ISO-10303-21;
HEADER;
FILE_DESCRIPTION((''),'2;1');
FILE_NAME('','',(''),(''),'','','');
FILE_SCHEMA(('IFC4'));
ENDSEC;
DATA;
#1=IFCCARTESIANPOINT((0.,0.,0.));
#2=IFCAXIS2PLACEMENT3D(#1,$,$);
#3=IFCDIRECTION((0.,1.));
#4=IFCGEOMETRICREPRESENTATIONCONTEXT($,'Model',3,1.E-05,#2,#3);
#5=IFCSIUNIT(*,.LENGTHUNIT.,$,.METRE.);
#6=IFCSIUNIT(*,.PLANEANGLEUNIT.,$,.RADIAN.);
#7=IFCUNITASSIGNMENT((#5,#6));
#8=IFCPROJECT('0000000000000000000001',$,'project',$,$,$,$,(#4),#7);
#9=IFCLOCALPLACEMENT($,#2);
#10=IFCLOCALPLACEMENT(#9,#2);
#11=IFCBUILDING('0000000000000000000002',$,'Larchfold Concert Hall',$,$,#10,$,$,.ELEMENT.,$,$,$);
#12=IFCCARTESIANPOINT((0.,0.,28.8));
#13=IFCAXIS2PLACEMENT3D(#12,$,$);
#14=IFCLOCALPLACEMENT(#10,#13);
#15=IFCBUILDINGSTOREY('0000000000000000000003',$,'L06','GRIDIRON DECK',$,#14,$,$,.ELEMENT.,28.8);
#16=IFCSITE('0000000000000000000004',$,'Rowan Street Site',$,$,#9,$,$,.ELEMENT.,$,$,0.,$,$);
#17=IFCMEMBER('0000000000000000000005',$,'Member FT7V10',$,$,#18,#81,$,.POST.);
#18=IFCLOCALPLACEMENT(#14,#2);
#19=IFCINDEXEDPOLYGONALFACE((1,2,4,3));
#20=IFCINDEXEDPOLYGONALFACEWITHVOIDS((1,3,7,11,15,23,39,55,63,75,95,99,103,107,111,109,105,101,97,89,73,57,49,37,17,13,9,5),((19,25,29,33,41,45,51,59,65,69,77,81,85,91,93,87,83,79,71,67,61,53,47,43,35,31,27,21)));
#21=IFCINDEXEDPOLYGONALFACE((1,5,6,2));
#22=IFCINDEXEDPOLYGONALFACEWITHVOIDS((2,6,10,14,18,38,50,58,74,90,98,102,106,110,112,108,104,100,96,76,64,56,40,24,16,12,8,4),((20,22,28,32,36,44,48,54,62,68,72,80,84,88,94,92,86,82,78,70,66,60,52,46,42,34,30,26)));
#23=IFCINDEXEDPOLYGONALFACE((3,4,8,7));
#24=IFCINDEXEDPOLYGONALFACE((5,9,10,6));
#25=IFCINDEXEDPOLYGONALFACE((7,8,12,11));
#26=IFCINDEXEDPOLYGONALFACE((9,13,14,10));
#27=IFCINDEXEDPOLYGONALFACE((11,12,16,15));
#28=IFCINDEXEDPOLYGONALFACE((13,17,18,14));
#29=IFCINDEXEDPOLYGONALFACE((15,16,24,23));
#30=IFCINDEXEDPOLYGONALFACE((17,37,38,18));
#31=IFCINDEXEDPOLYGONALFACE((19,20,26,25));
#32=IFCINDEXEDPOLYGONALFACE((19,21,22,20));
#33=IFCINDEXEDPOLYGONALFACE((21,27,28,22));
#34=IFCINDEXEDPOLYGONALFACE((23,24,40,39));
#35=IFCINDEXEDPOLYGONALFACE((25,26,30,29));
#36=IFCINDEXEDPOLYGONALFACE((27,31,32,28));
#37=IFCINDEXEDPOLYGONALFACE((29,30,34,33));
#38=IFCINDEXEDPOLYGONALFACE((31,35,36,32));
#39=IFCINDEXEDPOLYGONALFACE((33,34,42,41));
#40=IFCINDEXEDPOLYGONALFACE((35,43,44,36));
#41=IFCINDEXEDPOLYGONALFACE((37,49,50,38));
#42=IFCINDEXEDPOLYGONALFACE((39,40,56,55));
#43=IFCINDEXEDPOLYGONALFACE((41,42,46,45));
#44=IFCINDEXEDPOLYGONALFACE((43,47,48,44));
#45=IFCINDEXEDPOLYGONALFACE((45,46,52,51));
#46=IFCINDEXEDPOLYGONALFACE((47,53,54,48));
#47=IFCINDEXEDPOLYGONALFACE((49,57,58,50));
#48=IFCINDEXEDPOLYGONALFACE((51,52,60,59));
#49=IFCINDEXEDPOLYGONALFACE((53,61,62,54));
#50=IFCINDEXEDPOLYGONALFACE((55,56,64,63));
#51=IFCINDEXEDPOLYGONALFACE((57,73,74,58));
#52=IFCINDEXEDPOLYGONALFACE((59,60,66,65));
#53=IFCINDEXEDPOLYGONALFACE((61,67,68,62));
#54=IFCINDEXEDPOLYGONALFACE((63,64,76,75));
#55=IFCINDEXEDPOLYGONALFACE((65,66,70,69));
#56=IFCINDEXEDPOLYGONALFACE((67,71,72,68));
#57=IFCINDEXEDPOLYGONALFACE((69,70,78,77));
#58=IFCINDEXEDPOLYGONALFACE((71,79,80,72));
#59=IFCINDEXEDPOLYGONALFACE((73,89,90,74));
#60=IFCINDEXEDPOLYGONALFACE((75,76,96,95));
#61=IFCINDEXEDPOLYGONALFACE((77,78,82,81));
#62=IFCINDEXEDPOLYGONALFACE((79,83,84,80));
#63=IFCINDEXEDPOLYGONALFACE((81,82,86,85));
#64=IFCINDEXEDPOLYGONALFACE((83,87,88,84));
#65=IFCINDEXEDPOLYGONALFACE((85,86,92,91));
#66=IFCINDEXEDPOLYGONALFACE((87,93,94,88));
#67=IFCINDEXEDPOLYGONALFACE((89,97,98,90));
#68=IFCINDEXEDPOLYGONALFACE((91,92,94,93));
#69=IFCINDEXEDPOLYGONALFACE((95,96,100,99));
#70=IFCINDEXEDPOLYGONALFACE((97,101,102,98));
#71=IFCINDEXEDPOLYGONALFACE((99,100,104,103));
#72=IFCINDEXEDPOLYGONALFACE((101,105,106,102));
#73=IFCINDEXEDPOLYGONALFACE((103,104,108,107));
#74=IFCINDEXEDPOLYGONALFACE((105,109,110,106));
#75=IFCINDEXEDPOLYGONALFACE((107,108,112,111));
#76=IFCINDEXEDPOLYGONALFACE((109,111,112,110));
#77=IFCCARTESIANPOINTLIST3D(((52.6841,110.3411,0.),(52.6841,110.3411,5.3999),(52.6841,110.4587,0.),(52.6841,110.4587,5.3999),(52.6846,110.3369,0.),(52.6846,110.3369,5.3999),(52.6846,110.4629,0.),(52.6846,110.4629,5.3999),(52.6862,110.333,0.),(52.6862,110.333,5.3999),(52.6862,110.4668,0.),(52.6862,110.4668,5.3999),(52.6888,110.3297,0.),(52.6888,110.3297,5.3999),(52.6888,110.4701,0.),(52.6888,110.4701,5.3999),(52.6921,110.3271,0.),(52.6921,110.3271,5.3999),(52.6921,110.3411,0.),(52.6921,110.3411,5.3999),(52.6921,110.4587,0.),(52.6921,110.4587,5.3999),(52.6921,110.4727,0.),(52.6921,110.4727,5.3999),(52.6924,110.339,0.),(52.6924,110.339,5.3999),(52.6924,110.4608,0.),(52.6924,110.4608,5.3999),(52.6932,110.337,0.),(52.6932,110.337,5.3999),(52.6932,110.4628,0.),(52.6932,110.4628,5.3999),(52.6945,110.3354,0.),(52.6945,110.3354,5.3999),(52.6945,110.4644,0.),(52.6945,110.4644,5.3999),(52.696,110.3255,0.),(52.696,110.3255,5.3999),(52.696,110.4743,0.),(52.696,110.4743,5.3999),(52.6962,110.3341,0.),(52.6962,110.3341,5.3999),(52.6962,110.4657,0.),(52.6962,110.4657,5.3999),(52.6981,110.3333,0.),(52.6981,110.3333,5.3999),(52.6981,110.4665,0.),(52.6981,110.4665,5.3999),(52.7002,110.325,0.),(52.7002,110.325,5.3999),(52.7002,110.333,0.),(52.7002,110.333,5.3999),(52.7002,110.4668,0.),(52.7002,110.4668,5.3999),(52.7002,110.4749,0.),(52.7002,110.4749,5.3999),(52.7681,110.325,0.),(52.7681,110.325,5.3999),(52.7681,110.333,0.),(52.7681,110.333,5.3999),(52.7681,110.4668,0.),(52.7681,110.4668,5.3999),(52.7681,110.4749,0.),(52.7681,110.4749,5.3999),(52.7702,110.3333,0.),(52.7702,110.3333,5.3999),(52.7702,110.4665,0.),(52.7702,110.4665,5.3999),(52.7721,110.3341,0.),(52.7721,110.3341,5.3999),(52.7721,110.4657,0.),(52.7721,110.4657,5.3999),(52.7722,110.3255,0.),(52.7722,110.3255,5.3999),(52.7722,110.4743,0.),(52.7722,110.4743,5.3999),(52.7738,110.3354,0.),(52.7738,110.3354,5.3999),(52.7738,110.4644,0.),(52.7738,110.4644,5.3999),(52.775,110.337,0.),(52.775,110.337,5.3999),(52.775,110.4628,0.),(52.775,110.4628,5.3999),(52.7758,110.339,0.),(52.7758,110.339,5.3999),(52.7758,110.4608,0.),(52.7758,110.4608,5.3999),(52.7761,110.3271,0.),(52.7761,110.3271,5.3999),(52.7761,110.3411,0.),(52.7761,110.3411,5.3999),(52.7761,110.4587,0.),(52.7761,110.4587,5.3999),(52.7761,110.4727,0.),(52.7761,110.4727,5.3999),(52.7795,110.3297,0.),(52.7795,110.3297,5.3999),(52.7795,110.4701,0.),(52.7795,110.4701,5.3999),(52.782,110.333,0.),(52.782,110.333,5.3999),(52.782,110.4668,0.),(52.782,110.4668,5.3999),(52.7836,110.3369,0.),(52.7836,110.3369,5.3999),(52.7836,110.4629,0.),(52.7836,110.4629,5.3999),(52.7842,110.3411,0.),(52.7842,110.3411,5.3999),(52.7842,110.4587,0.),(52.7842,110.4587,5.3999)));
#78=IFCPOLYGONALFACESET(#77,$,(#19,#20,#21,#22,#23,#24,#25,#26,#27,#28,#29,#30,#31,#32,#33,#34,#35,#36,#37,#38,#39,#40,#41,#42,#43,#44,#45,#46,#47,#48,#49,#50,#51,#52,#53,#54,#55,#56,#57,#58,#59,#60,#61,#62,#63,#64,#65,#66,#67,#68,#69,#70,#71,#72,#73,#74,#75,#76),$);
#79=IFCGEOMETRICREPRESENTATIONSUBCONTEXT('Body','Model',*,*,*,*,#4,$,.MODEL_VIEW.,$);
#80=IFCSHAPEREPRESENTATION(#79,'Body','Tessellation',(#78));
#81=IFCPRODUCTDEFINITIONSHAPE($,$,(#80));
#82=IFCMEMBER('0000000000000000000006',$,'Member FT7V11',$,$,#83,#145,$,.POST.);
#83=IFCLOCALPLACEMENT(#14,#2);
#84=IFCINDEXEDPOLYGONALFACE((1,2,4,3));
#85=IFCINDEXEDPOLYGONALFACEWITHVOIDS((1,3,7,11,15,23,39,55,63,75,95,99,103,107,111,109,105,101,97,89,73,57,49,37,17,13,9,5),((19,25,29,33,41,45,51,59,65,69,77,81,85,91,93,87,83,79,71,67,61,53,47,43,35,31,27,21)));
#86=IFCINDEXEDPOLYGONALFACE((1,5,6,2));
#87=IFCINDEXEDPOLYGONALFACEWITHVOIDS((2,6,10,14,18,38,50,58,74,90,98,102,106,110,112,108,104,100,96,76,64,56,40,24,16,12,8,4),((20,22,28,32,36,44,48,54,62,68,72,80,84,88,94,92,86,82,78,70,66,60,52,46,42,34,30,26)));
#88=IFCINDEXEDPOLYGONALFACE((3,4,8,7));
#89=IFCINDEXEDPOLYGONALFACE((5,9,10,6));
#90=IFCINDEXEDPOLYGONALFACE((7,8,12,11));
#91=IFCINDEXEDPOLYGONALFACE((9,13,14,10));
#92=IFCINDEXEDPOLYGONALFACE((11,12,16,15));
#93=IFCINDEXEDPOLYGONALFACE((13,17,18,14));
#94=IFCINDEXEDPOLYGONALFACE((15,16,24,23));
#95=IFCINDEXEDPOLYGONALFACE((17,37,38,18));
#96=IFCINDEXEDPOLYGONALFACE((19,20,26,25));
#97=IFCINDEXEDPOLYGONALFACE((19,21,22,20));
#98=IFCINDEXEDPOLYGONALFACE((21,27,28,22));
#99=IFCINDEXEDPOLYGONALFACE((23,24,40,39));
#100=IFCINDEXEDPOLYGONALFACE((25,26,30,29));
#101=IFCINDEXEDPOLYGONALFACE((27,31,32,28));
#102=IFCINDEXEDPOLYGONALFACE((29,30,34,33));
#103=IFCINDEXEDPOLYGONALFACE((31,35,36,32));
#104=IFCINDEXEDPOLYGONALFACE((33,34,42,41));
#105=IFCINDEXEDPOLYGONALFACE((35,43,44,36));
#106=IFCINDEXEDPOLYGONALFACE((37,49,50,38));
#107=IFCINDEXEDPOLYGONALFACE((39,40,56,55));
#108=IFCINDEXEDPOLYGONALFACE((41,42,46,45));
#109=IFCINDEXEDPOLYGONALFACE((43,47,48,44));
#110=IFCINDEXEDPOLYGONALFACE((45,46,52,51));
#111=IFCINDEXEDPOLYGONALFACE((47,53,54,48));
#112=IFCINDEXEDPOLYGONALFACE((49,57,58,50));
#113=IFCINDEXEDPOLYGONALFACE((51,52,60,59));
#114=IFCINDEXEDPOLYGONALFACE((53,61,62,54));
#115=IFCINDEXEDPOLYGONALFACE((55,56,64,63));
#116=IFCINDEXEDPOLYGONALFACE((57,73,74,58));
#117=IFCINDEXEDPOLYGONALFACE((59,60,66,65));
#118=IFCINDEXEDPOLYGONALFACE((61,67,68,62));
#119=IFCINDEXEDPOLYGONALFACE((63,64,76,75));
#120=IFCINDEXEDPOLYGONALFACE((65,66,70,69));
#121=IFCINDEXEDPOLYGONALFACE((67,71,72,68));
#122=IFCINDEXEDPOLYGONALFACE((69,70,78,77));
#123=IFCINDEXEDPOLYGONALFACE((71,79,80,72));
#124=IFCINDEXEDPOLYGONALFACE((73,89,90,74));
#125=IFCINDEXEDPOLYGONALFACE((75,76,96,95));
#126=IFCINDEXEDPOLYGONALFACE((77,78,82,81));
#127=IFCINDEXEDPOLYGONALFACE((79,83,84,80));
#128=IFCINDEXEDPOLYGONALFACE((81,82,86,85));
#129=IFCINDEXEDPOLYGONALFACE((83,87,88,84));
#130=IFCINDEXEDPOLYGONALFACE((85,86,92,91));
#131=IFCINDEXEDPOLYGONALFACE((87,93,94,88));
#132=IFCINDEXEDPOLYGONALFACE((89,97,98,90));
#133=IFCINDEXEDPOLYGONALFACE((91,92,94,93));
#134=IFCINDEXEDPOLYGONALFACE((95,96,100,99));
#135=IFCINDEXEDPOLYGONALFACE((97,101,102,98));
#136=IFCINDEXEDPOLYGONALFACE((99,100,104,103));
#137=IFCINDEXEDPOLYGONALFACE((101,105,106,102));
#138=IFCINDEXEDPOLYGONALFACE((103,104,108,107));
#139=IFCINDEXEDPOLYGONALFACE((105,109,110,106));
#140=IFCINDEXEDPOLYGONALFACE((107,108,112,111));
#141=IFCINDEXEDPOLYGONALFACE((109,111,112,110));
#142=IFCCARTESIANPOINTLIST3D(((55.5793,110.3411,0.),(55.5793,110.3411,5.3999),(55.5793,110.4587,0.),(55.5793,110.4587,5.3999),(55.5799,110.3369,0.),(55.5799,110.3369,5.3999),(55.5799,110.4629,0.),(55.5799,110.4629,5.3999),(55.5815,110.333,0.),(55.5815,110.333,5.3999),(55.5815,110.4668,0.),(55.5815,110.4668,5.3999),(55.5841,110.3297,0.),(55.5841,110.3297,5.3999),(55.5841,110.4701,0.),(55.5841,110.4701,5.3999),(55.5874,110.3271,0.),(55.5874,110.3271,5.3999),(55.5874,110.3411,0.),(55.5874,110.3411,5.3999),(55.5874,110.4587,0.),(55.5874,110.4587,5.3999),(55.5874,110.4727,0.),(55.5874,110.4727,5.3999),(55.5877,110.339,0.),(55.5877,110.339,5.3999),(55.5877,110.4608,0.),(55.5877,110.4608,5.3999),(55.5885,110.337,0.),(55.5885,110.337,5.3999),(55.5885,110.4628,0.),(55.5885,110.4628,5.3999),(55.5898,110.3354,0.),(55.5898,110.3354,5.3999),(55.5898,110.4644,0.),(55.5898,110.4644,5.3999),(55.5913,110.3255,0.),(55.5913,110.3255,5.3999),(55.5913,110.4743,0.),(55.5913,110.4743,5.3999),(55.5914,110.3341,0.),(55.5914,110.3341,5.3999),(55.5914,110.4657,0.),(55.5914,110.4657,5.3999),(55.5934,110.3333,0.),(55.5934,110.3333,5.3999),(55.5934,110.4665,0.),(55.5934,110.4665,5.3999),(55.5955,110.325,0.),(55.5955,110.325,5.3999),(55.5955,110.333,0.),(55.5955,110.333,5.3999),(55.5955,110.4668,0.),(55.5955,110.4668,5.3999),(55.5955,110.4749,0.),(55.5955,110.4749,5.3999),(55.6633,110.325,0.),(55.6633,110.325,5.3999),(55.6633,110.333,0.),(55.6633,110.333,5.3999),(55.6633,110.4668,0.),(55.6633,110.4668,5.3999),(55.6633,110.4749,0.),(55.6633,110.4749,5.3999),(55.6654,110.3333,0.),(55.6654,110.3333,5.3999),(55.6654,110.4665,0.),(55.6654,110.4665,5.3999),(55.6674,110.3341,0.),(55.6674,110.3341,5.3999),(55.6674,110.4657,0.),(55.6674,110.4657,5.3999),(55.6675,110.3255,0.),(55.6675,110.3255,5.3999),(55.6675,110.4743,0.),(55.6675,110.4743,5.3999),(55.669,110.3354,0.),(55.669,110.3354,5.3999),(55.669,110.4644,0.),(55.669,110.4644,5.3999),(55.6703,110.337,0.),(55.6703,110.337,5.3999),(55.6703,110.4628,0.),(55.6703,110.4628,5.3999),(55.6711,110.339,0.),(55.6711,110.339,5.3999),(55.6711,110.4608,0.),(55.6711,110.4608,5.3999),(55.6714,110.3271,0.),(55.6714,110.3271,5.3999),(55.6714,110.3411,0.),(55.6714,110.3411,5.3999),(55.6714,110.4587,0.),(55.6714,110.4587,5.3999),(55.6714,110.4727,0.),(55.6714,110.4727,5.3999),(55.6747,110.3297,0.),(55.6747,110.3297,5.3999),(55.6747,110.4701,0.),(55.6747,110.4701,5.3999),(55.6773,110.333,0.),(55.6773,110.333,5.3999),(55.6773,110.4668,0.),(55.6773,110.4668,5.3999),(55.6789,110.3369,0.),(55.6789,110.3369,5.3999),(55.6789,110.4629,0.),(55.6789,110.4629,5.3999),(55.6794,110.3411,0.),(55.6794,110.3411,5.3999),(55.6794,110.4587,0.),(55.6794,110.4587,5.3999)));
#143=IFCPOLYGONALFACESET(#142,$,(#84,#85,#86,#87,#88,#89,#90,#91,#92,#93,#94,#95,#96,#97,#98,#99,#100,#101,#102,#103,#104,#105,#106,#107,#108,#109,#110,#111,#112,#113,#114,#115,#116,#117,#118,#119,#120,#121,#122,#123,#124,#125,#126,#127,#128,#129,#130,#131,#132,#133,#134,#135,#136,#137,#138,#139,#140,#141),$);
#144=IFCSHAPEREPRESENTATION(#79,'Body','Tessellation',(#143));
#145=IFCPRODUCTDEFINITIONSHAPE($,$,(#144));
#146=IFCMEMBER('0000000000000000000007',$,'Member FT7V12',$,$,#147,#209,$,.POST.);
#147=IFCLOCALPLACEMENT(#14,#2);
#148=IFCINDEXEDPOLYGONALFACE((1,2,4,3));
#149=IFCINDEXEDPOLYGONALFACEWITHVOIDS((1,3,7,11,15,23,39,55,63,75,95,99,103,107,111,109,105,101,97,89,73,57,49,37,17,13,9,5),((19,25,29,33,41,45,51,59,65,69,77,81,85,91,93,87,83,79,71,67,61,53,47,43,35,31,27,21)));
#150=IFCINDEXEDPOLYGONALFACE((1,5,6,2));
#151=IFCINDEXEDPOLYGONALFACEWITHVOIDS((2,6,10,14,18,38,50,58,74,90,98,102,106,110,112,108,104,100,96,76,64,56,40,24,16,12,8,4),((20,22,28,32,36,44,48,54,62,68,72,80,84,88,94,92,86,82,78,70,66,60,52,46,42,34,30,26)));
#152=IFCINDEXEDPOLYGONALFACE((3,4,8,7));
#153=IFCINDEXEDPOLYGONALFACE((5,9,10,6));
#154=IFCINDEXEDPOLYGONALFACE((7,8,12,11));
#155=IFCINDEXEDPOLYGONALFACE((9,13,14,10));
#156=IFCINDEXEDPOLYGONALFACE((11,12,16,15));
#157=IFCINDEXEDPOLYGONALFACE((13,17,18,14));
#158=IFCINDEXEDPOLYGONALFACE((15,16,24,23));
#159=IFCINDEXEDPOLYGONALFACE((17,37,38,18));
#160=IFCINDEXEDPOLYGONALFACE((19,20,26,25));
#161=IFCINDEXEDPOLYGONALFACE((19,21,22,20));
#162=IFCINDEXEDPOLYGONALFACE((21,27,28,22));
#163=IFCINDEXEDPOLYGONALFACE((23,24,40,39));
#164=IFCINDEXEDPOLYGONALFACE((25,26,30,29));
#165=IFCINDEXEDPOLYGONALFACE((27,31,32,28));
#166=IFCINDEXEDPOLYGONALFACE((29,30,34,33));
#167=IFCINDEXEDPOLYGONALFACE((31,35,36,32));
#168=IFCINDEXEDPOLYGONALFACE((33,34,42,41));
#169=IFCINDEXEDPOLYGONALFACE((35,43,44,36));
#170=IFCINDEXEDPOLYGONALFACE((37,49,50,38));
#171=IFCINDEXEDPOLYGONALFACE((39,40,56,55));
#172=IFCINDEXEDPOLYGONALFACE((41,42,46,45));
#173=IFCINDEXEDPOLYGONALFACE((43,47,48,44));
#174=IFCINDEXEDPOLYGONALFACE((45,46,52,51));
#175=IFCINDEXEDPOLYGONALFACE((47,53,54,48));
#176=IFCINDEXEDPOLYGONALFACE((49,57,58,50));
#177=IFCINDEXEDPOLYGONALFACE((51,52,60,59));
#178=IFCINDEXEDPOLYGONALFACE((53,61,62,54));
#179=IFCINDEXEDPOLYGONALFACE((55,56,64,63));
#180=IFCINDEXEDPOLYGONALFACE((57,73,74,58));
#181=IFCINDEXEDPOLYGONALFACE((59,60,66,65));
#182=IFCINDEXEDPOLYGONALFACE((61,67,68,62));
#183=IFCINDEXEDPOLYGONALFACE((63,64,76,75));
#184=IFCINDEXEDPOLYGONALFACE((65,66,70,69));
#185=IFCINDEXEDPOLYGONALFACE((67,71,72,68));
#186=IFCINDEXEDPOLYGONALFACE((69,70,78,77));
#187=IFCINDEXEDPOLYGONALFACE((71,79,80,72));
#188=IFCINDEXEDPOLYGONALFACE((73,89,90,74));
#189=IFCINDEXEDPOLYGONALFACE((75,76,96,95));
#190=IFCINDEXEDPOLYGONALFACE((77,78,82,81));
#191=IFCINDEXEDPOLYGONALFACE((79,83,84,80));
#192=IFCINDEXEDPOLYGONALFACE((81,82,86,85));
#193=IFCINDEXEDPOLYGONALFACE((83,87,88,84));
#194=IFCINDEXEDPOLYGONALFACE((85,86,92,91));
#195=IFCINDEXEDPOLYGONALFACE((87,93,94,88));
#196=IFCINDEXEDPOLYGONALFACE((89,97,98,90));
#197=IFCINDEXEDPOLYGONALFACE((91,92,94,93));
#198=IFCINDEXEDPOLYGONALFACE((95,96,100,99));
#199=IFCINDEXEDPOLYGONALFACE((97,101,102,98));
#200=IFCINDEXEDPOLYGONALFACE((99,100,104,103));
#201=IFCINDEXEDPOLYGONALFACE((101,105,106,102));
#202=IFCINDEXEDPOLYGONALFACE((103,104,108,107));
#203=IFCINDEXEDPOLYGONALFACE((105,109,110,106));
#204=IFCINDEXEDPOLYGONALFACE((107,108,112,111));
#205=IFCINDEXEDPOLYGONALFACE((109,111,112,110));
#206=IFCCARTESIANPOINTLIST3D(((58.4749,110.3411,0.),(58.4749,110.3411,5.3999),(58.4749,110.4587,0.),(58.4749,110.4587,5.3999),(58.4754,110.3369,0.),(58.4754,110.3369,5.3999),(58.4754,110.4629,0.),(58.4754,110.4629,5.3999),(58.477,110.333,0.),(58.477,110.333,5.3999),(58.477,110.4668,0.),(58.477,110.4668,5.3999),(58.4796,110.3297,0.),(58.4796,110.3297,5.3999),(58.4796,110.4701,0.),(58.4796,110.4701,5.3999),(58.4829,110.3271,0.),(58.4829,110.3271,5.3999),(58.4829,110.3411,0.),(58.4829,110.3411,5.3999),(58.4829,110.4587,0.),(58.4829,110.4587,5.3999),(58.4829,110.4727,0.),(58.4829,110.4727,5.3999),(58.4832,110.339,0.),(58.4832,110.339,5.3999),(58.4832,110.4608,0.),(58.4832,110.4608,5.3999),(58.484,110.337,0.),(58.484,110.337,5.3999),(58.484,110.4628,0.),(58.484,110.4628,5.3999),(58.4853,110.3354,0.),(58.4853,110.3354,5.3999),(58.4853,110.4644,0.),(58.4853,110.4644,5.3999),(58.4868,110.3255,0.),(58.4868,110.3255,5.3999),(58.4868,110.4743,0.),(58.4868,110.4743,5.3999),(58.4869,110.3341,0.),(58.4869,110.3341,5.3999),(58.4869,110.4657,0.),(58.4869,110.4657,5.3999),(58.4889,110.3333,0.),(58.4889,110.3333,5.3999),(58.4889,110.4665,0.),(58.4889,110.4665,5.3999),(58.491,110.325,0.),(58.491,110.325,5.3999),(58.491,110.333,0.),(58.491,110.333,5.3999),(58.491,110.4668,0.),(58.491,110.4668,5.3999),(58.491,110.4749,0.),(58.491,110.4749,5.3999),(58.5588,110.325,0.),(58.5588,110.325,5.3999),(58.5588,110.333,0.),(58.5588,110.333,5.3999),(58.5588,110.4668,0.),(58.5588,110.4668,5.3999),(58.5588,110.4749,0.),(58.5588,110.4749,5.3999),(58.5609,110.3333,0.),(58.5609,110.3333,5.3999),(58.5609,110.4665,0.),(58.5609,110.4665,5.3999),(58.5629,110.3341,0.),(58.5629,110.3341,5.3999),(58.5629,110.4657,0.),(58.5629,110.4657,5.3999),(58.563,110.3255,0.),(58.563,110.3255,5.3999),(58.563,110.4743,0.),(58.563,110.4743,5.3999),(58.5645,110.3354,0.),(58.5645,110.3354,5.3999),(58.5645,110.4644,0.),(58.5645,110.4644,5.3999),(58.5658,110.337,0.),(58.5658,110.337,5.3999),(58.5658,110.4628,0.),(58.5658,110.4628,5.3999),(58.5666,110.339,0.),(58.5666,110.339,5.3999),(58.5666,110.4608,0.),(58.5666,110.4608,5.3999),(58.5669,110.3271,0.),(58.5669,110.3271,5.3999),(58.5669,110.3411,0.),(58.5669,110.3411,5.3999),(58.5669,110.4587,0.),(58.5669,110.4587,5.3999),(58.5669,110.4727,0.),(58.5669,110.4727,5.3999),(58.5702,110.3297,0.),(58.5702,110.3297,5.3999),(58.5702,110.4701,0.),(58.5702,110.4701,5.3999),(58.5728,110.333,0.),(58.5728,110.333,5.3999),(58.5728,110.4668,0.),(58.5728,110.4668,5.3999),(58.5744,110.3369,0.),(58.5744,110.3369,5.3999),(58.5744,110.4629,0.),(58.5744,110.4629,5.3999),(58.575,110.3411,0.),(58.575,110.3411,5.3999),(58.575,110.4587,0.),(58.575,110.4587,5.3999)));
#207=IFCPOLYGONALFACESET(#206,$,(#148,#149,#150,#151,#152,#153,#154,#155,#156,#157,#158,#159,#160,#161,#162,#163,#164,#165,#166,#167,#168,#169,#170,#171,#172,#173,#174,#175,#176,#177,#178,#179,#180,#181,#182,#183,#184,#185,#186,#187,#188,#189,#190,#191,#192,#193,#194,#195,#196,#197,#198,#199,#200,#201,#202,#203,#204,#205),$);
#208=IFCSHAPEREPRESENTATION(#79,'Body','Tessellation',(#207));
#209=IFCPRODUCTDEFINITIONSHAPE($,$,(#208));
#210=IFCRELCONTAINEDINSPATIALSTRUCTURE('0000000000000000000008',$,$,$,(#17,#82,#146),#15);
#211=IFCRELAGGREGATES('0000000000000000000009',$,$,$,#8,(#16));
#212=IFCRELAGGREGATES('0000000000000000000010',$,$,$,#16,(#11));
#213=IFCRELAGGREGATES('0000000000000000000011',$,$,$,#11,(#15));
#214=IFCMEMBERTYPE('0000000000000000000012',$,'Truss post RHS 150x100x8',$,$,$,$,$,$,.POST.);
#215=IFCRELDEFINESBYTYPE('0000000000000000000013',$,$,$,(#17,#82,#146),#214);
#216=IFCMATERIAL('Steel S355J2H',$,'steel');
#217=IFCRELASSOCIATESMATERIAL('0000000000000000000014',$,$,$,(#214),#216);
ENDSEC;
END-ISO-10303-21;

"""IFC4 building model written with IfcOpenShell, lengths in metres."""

from ifc_helpers import new_model, si_unit, direction, frame, origin, origin_2d, place, context, subcontext, project, spatial, hollow_rectangle, extrude, material, material_profile, profile_set, type_object, element, save


model = new_model("IFC4")

# Units and contexts
model_context = context("Model", 3, precision=1e-05, world=origin(), true_north=direction((0.0, 1.0)))
body_context = subcontext(model_context, "Body", "Model", "MODEL_VIEW")
ifc_project = project(units=[si_unit("LENGTHUNIT", "METRE"), si_unit("PLANEANGLEUNIT", "RADIAN")], contexts=[model_context])

# Site, building, storey
site_placement = place(None, origin())
site = spatial("IfcSite", under=ifc_project, at=site_placement, Name="Rowan Street Site", CompositionType="ELEMENT", RefElevation=0.0)
building_placement = place(site_placement, origin())
building = spatial("IfcBuilding", under=site, at=building_placement, Name="Larchfold Concert Hall", CompositionType="ELEMENT")
storey_placement = place(building_placement, frame((0.0, 0.0, 28.8)))
storey = spatial("IfcBuildingStorey", under=building, at=storey_placement, Name="L06", Description="GRIDIRON DECK", CompositionType="ELEMENT", Elevation=28.8)

# Members
ifc_material_1 = material(Name="Steel S355J2H", Category="steel")
ifc_material_profile_1 = material_profile(ifc_material_1, hollow_rectangle(XDim=0.1001, YDim=0.1499, WallThickness=0.0081, InnerFilletRadius=0.0081, OuterFilletRadius=0.0161, at=origin_2d()))
ifc_profile_set_1 = profile_set([ifc_material_profile_1], Name="Steel S355J2H")
member_type_1 = type_object("IfcMemberType", Name="Truss post RHS 150x100x8", PredefinedType="POST", material=ifc_profile_set_1)
for number, where, z_axis, x_axis, name in (
    (1, (52.7341, 110.3999, 5.3999), (0.0, 0.0, -1.0), (1.0, 0.0, 0.0), "Member FT7V10"),
    (2, (55.6294, 110.3999, 5.3999), (0.0, 0.0, -1.0), (1.0, 0.0, 0.0), "Member FT7V11"),
    (3, (58.5249, 110.3999, 5.3999), (0.0, 0.0, -1.0), (1.0, 0.0, 0.0), "Member FT7V12"),
):
    element("IfcMember", number, at=place(storey_placement, frame(where, z_axis=z_axis, x_axis=x_axis)), inside=storey, type_object=member_type_1, Name=name, PredefinedType="POST", context=body_context, shape_type="SweptSolid", body=[
        extrude(hollow_rectangle(XDim=0.1001, YDim=0.1499, WallThickness=0.0081, InnerFilletRadius=0.0081, OuterFilletRadius=0.0161, at=origin_2d()), origin(), (0.0, 0.0, 1.0), 5.3999),
    ])

save(model, "model.ifc")
